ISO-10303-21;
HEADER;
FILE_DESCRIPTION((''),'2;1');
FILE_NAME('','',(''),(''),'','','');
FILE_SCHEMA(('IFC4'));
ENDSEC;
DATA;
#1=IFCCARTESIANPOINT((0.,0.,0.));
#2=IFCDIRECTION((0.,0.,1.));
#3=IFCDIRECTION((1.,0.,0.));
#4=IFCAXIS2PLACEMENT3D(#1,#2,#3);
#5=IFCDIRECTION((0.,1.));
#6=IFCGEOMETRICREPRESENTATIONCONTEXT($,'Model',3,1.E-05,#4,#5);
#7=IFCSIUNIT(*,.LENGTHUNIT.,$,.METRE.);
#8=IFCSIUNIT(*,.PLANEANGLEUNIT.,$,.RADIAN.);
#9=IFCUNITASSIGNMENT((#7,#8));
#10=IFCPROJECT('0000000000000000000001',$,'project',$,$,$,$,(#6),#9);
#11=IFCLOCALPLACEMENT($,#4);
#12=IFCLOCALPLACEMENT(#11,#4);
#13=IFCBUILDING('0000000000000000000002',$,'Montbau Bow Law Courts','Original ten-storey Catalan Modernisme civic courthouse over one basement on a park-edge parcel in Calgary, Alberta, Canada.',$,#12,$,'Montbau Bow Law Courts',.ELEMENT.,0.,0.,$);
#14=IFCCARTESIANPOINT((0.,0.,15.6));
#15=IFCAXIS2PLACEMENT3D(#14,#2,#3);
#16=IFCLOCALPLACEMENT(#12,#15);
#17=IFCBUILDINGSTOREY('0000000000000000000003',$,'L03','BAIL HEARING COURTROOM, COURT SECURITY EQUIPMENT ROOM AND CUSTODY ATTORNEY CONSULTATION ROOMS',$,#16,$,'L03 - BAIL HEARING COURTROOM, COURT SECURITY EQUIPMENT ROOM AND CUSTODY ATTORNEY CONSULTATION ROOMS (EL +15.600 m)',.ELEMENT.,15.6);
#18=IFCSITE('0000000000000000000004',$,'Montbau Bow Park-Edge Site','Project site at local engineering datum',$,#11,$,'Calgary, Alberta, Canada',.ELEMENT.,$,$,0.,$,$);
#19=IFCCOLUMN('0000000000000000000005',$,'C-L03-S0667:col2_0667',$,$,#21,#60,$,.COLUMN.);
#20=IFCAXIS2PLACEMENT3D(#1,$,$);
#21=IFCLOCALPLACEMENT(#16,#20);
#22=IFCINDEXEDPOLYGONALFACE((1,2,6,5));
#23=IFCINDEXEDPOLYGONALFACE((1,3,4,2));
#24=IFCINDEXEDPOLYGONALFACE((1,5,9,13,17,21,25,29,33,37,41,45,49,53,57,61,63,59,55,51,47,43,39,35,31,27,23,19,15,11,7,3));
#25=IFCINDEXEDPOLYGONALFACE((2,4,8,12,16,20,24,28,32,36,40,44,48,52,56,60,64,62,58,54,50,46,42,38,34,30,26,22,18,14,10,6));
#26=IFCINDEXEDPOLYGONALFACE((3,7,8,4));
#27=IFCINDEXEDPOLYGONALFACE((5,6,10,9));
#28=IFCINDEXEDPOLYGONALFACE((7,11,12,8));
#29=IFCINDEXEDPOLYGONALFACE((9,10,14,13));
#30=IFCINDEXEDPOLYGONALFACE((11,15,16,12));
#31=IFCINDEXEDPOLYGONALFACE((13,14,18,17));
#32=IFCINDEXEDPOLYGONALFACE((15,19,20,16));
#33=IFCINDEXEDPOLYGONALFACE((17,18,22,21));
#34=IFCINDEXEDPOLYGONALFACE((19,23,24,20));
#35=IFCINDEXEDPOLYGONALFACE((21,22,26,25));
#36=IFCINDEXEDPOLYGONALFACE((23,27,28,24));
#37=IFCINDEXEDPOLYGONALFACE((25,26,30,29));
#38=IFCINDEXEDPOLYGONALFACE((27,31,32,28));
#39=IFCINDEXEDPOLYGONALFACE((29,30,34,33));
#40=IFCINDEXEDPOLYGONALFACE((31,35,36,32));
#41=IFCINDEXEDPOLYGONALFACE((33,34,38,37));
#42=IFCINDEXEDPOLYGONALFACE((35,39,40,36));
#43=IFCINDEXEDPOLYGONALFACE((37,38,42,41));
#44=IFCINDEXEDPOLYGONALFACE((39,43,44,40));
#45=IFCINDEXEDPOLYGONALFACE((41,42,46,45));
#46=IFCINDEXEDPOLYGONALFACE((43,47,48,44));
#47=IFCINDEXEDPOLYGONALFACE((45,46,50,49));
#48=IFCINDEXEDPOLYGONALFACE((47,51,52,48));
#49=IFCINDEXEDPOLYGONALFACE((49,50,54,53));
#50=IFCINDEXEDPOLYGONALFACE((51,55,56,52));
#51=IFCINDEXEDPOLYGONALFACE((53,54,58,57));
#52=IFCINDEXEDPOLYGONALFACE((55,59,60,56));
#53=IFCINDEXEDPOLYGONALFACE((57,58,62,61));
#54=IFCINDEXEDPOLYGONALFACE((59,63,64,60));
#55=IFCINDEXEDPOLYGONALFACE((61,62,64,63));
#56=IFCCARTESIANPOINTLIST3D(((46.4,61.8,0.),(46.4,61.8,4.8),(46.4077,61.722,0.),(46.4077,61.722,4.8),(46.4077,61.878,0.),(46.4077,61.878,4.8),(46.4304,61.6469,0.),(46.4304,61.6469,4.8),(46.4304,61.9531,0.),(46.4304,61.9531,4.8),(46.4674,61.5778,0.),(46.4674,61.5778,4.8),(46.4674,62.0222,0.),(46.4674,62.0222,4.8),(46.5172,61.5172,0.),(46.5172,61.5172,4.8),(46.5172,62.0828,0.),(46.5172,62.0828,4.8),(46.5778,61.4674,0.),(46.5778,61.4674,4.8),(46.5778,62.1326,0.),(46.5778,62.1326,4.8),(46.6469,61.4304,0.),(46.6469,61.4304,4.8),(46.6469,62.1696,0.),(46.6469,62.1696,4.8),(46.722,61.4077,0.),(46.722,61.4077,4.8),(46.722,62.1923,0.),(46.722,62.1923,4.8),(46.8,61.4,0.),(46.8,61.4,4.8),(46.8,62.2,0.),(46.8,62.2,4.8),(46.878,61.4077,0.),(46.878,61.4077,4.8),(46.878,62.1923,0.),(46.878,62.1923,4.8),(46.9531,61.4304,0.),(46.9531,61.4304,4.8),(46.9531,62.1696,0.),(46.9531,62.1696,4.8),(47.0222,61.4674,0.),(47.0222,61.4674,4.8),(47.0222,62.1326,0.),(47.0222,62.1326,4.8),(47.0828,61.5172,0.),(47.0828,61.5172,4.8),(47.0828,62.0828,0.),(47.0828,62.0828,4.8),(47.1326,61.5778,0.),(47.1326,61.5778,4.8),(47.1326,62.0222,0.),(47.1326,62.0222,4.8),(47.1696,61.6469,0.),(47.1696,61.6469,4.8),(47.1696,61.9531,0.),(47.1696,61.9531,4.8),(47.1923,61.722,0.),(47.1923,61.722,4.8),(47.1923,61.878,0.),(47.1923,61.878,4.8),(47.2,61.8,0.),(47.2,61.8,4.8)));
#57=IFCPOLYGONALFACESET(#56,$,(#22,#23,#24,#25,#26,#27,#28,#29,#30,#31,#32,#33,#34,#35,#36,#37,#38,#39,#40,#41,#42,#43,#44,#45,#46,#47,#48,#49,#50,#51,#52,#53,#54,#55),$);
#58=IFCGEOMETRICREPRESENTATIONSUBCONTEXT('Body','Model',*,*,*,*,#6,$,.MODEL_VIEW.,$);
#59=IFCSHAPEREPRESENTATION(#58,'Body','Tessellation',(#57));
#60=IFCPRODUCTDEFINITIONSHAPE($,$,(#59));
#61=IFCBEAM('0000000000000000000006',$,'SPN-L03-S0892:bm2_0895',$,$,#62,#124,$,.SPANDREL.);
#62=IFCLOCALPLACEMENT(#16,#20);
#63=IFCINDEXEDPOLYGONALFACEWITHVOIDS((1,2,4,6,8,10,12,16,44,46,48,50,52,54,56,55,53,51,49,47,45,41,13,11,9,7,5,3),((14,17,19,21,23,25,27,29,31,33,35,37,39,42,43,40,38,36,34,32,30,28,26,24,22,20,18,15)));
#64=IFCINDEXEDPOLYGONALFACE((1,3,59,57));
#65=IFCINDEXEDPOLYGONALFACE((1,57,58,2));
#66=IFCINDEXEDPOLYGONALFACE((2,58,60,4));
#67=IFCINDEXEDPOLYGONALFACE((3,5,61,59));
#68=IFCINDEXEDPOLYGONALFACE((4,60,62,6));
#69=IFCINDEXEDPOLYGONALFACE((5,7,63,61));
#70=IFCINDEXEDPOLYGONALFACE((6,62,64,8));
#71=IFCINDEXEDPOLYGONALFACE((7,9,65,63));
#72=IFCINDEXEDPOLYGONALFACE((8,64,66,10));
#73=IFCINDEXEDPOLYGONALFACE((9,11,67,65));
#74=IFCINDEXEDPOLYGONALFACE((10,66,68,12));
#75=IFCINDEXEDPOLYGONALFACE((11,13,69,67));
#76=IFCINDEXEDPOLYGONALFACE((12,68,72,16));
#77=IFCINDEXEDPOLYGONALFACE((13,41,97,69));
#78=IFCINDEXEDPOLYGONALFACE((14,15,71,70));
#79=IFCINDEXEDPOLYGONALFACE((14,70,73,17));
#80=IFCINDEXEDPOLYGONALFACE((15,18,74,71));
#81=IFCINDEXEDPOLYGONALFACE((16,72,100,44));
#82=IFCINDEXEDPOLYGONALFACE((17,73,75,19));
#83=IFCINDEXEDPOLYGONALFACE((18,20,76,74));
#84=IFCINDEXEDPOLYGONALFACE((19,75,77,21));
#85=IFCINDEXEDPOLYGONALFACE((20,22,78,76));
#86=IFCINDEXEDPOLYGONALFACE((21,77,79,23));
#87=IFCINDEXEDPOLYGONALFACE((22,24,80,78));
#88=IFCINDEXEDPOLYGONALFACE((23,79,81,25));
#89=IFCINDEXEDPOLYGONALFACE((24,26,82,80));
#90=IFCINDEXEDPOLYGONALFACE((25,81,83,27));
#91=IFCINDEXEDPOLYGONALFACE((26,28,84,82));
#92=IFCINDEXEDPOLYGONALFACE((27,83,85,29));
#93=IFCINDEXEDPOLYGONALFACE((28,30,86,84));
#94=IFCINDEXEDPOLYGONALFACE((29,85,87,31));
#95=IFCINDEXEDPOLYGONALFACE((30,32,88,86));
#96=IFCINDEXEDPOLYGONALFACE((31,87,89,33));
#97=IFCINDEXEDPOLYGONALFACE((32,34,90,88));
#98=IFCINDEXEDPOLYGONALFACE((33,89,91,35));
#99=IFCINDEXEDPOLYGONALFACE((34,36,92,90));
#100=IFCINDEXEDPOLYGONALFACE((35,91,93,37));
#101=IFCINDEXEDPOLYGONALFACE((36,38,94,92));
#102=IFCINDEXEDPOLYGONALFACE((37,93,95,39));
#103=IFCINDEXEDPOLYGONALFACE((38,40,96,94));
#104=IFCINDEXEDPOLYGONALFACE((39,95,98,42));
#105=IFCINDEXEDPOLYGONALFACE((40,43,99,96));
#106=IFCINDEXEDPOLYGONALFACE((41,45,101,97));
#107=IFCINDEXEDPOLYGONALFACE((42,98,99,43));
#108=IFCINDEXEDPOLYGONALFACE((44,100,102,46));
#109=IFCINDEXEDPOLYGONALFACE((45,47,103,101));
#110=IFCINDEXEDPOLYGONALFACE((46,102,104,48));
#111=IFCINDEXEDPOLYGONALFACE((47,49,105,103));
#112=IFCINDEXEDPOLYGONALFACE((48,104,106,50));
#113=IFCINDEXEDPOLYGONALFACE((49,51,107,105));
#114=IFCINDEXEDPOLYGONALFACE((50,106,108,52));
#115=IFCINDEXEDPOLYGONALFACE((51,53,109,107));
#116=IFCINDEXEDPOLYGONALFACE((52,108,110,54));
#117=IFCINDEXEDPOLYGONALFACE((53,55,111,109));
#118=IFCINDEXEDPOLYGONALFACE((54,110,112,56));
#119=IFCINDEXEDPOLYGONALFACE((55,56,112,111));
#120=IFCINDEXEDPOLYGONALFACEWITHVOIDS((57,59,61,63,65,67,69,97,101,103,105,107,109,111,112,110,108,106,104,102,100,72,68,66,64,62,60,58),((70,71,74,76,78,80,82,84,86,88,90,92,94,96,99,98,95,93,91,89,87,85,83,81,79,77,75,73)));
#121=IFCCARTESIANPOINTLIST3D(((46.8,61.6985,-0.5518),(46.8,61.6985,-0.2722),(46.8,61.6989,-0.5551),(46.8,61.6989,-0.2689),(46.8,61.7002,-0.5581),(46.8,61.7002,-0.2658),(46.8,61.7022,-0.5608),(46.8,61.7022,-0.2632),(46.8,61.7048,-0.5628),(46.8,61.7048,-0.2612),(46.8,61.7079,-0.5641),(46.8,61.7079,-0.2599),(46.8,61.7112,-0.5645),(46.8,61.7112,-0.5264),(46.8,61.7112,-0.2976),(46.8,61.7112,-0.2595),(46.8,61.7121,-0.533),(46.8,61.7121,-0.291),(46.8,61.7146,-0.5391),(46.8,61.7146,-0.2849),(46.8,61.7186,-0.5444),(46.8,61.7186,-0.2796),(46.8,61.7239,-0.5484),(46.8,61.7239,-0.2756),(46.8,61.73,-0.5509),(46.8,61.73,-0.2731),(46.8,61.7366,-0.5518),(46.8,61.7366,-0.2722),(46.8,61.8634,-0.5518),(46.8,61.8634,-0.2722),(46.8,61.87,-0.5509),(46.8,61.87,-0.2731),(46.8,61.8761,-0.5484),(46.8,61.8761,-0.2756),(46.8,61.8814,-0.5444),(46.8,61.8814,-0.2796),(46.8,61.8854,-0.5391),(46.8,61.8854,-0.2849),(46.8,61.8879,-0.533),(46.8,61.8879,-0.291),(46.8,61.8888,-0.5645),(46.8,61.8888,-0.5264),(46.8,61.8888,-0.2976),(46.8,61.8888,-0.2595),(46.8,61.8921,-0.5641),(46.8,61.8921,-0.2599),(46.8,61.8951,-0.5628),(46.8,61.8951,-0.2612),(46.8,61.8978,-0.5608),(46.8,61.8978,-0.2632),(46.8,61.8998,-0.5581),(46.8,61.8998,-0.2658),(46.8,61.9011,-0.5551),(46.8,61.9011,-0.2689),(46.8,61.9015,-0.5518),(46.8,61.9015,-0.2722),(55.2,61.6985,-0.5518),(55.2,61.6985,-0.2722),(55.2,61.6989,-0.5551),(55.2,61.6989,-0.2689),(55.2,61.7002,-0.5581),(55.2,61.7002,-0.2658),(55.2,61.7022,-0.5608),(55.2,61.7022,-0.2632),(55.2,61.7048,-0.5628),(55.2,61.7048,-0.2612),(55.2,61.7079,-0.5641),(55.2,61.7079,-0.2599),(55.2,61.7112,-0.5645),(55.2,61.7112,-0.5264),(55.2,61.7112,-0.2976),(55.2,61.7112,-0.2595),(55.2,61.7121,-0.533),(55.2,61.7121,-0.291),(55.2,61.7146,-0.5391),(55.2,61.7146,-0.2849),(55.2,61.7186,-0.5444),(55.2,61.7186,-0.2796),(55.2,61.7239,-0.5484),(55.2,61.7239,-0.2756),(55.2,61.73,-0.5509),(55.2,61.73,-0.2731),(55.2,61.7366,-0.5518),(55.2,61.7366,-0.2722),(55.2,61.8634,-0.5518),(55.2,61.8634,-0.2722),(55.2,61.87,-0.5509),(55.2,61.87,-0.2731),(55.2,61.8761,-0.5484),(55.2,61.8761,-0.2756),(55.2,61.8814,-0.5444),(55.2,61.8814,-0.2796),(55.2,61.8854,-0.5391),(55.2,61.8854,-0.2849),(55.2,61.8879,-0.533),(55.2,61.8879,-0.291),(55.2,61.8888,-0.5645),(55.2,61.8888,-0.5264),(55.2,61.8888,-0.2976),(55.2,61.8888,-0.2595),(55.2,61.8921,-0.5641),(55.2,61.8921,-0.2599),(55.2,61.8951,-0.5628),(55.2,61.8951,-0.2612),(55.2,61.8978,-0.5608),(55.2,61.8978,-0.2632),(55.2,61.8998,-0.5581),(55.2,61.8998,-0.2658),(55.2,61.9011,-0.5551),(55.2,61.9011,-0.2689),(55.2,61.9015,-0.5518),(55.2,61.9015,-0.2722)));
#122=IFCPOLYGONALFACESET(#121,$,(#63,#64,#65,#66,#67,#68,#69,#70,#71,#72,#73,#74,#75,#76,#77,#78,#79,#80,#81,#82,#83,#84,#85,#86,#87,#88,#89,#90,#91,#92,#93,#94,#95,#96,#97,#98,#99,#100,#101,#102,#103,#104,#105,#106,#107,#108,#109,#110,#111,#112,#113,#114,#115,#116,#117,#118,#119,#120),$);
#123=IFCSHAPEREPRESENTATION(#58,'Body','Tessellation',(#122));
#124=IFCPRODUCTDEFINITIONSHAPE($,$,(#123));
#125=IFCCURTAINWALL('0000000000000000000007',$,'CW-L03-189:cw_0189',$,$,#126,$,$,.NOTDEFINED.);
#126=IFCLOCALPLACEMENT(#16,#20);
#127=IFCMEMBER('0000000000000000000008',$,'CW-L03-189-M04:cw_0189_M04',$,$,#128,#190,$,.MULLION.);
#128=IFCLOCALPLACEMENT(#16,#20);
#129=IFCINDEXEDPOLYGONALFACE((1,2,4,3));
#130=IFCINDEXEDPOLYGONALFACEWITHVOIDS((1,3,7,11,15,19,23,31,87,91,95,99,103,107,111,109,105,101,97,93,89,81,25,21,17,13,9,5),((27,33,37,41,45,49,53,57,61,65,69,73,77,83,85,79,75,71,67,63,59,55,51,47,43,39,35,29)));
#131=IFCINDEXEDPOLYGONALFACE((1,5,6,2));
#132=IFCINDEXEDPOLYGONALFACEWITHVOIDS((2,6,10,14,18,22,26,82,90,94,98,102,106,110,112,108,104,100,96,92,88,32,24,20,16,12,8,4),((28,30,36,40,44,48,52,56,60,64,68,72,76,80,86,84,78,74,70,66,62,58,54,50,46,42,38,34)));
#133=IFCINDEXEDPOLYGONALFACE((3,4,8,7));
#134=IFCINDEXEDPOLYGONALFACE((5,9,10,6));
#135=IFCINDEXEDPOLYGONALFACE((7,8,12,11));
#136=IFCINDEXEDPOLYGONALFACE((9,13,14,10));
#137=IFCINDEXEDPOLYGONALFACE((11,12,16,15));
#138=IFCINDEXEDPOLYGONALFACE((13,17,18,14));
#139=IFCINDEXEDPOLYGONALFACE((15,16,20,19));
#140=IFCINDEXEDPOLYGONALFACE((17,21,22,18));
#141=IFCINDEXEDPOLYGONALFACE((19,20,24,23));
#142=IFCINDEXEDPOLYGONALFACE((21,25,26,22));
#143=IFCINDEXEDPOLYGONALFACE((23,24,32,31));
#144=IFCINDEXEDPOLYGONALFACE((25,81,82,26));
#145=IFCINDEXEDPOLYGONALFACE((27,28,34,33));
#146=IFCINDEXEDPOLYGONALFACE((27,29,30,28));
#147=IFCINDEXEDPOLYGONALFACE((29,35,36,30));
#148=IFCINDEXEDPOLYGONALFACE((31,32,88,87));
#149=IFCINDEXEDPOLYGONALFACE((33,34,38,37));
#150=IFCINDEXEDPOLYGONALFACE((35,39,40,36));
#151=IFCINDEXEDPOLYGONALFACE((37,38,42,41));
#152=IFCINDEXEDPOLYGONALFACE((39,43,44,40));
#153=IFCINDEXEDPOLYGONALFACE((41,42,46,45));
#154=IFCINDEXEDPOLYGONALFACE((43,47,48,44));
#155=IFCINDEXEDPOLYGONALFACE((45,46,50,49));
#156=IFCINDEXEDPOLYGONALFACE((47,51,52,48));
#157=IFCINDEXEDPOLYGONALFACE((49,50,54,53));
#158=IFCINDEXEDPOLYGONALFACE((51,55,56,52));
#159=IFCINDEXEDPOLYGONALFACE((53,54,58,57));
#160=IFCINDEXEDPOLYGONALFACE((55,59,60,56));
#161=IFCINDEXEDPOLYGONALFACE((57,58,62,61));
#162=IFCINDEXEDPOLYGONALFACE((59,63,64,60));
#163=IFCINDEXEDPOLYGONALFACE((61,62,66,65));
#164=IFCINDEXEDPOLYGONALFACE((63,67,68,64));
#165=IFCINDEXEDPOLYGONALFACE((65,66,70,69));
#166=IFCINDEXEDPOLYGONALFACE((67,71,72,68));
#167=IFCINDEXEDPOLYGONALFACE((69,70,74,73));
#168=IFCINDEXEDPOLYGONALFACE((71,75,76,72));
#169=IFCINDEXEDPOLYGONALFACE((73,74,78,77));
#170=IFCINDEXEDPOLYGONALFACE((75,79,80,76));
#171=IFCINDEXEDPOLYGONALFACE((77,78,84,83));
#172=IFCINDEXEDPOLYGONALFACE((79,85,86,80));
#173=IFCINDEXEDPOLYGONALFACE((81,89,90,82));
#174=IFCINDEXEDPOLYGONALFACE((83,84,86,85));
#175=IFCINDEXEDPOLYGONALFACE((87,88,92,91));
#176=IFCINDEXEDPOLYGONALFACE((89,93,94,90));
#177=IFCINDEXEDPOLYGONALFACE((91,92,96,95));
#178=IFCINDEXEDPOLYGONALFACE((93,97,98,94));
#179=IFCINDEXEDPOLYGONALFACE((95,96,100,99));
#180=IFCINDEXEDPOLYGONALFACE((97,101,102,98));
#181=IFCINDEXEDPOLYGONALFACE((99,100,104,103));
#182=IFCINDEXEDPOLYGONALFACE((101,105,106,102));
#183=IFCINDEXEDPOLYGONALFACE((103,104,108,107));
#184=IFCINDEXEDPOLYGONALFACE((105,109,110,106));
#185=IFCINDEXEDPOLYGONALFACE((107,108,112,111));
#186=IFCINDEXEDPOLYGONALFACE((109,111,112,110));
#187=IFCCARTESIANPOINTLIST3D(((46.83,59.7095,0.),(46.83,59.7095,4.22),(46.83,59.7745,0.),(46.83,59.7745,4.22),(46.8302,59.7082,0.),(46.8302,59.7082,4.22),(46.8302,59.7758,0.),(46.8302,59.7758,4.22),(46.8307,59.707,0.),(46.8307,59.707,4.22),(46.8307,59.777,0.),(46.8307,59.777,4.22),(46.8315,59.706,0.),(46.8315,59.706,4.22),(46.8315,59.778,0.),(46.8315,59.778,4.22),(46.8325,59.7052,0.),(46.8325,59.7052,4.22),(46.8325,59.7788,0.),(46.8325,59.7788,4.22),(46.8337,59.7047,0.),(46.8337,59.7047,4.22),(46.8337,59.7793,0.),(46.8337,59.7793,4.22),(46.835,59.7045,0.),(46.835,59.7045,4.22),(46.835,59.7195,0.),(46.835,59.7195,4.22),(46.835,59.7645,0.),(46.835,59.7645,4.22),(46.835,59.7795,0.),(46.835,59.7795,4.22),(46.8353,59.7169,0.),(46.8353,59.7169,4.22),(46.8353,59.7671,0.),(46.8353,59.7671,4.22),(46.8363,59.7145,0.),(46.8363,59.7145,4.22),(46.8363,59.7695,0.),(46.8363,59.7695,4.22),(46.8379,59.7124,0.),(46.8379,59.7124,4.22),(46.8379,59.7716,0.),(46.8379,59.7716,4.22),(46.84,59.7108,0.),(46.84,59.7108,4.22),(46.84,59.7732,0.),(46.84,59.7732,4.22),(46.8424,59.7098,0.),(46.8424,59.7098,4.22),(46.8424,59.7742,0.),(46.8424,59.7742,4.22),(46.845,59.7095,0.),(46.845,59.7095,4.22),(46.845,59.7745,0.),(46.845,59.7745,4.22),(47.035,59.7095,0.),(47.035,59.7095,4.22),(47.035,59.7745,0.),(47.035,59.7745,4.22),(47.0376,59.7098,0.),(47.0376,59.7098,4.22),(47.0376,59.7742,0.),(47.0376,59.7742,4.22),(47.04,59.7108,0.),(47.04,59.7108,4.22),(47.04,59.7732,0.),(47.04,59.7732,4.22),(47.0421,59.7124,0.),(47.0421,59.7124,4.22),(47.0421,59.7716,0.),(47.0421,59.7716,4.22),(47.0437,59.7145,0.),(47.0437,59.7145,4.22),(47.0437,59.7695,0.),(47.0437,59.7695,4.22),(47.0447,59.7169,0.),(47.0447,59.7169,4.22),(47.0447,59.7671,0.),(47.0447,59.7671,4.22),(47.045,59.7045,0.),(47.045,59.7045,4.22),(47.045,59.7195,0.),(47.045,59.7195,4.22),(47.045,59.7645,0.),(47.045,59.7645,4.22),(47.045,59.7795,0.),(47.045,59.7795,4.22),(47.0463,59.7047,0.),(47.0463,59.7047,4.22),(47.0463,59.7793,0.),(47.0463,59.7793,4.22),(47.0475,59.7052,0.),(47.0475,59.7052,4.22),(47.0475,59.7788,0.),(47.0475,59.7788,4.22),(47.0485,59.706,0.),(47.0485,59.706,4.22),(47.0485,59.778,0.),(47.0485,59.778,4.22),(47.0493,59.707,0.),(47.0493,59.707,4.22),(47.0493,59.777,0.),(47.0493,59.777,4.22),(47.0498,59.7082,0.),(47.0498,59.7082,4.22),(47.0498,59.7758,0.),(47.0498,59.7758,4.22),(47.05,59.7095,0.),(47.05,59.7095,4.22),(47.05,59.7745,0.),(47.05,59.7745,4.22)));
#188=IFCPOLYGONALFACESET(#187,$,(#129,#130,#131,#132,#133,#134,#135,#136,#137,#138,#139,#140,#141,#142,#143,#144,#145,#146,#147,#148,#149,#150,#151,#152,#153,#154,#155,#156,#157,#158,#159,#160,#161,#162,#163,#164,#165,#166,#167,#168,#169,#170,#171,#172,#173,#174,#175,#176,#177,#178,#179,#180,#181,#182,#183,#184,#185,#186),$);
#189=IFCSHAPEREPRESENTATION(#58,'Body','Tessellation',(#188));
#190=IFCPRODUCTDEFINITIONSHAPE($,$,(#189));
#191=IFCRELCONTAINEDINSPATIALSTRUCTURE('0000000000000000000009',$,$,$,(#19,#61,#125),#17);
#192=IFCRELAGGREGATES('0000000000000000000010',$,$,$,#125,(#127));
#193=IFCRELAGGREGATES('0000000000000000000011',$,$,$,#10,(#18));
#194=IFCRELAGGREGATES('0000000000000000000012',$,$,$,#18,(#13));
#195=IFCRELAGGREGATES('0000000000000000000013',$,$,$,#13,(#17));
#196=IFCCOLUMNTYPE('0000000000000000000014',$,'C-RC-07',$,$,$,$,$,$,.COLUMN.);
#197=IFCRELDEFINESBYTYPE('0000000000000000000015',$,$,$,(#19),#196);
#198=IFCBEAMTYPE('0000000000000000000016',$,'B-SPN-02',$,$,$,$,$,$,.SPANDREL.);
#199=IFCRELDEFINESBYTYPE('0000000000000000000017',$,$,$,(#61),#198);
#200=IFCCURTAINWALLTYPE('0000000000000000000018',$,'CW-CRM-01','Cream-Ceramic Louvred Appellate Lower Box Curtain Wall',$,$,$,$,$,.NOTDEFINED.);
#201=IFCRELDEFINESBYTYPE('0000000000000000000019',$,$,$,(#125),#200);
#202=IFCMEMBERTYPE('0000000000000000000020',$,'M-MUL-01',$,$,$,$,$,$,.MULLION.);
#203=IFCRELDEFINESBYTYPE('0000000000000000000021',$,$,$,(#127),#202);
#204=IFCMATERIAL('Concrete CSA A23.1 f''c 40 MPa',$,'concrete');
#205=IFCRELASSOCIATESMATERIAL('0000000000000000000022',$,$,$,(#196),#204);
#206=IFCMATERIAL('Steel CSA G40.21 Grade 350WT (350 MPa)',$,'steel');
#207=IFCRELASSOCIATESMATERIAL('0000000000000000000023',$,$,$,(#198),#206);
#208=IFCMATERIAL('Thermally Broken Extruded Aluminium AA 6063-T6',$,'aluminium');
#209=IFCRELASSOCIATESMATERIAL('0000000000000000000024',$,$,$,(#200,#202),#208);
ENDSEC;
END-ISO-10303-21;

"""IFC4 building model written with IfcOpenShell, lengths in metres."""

from ifc_helpers import new_model, si_unit, direction, frame, origin_with_axes, origin_2d_with_axis, place, context, subcontext, project, spatial, hollow_rectangle, circle, extrude, material, material_profile, profile_set, type_object, element, aggregate, save


model = new_model("IFC4")

# Units and contexts
model_context = context("Model", 3, precision=1e-05, world=origin_with_axes(), true_north=direction((0.0, 1.0)))
body_context = subcontext(model_context, "Body", "Model", "MODEL_VIEW")
ifc_project = project(units=[si_unit("LENGTHUNIT", "METRE"), si_unit("PLANEANGLEUNIT", "RADIAN")], contexts=[model_context])

# Site, building, storey
site_placement = place(None, origin_with_axes())
site = spatial("IfcSite", under=ifc_project, at=site_placement, Name="Montbau Bow Park-Edge Site", Description="Project site at local engineering datum", LongName="Calgary, Alberta, Canada", CompositionType="ELEMENT", RefElevation=0.0)
building_placement = place(site_placement, origin_with_axes())
building = spatial("IfcBuilding", under=site, at=building_placement, Name="Montbau Bow Law Courts", Description="Original ten-storey Catalan Modernisme civic courthouse over one basement on a park-edge parcel in Calgary, Alberta, Canada.", LongName="Montbau Bow Law Courts", CompositionType="ELEMENT", ElevationOfRefHeight=0.0, ElevationOfTerrain=0.0)
storey_placement = place(building_placement, frame((0.0, 0.0, 15.6), z_axis=(0.0, 0.0, 1.0), x_axis=(1.0, 0.0, 0.0)))
storey = spatial("IfcBuildingStorey", under=building, at=storey_placement, Name="L03", Description="BAIL HEARING COURTROOM, COURT SECURITY EQUIPMENT ROOM AND CUSTODY ATTORNEY CONSULTATION ROOMS", LongName="L03 - BAIL HEARING COURTROOM, COURT SECURITY EQUIPMENT ROOM AND CUSTODY ATTORNEY CONSULTATION ROOMS (EL +15.600 m)", CompositionType="ELEMENT", Elevation=15.6)

# Column
ifc_material_1 = material(Name="Concrete CSA A23.1 f'c 40 MPa", Category="concrete")
ifc_material_profile_1 = material_profile(ifc_material_1, circle(Radius=0.4, at=origin_2d_with_axis()), Name="RC800D", Category="Main", Priority=0)
ifc_profile_set_1 = profile_set([ifc_material_profile_1], Name="Concrete CSA A23.1 f'c 40 MPa")
column_type = type_object("IfcColumnType", Name="C-RC-07", PredefinedType="COLUMN", material=ifc_profile_set_1)
column_placement = place(None, frame((46.8, 61.8, 15.6), z_axis=(0.0, 0.0, 1.0), x_axis=(1.0, 0.0, 0.0)))
element("IfcColumn", 1, at=column_placement, inside=storey, type_object=column_type, Name="C-L03-S0667:col2_0667", PredefinedType="COLUMN", context=body_context, shape_type="SweptSolid", body=[
    extrude(circle(Radius=0.4, at=origin_2d_with_axis()), origin_with_axes(), (0.0, 0.0, 1.0), 4.8),
])

# Beam
ifc_material_2 = material(Name="Steel CSA G40.21 Grade 350WT (350 MPa)", Category="steel")
ifc_material_profile_2 = material_profile(ifc_material_2, hollow_rectangle(XDim=0.203, YDim=0.305, WallThickness=0.0127, InnerFilletRadius=0.0254, OuterFilletRadius=0.0127, at=origin_2d_with_axis()), Name="HSS305X203X13", Category="Main", Priority=0)
ifc_profile_set_2 = profile_set([ifc_material_profile_2], Name="Steel CSA G40.21 Grade 350WT (350 MPa)")
beam_type = type_object("IfcBeamType", Name="B-SPN-02", PredefinedType="SPANDREL", material=ifc_profile_set_2)
beam_placement = place(None, frame((46.8, 61.8, 15.188), z_axis=(1.0, 0.0, 0.0), x_axis=(0.0, 1.0, 0.0)))
element("IfcBeam", 2, at=beam_placement, inside=storey, type_object=beam_type, Name="SPN-L03-S0892:bm2_0895", PredefinedType="SPANDREL", context=body_context, shape_type="SweptSolid", body=[
    extrude(hollow_rectangle(XDim=0.203, YDim=0.305, WallThickness=0.0127, InnerFilletRadius=0.0254, OuterFilletRadius=0.0127, at=origin_2d_with_axis()), origin_with_axes(), (0.0, 0.0, 1.0), 8.4),
])

# Curtain wall, member
ifc_material_3 = material(Name="Thermally Broken Extruded Aluminium AA 6063-T6", Category="aluminium")
curtain_wall_type = type_object("IfcCurtainWallType", Name="CW-CRM-01", Description="Cream-Ceramic Louvred Appellate Lower Box Curtain Wall", PredefinedType="NOTDEFINED", material=ifc_material_3)
curtain_wall_1_placement = place(None, frame((46.94, 55.115, 15.6), z_axis=(0.0, 0.0, 1.0), x_axis=(1.0, 0.0, 0.0)))
curtain_wall_1 = element("IfcCurtainWall", 3, at=curtain_wall_1_placement, inside=storey, type_object=curtain_wall_type, Name="CW-L03-189:cw_0189", PredefinedType="NOTDEFINED")
ifc_material_profile_3 = material_profile(ifc_material_3, hollow_rectangle(XDim=0.075, YDim=0.22, WallThickness=0.005, InnerFilletRadius=0.01, OuterFilletRadius=0.005, at=origin_2d_with_axis()), Name="CWM-220X75", Category="Main", Priority=0)
ifc_profile_set_3 = profile_set([ifc_material_profile_3], Name="Thermally Broken Extruded Aluminium AA 6063-T6")
member_type_1 = type_object("IfcMemberType", Name="M-MUL-01", PredefinedType="MULLION", material=ifc_profile_set_3)
member_1_placement = place(None, frame((46.94, 59.742, 15.6), z_axis=(0.0, 0.0, 1.0), x_axis=(0.0, 1.0, 0.0)))
member_1 = element("IfcMember", 4, at=member_1_placement, type_object=member_type_1, Name="CW-L03-189-M04:cw_0189_M04", PredefinedType="MULLION", context=body_context, shape_type="SweptSolid", body=[
    extrude(hollow_rectangle(XDim=0.075, YDim=0.22, WallThickness=0.005, InnerFilletRadius=0.01, OuterFilletRadius=0.005, at=origin_2d_with_axis()), origin_with_axes(), (0.0, 0.0, 1.0), 4.22),
])

aggregate(curtain_wall_1, [member_1])

save(model, "model.ifc")
